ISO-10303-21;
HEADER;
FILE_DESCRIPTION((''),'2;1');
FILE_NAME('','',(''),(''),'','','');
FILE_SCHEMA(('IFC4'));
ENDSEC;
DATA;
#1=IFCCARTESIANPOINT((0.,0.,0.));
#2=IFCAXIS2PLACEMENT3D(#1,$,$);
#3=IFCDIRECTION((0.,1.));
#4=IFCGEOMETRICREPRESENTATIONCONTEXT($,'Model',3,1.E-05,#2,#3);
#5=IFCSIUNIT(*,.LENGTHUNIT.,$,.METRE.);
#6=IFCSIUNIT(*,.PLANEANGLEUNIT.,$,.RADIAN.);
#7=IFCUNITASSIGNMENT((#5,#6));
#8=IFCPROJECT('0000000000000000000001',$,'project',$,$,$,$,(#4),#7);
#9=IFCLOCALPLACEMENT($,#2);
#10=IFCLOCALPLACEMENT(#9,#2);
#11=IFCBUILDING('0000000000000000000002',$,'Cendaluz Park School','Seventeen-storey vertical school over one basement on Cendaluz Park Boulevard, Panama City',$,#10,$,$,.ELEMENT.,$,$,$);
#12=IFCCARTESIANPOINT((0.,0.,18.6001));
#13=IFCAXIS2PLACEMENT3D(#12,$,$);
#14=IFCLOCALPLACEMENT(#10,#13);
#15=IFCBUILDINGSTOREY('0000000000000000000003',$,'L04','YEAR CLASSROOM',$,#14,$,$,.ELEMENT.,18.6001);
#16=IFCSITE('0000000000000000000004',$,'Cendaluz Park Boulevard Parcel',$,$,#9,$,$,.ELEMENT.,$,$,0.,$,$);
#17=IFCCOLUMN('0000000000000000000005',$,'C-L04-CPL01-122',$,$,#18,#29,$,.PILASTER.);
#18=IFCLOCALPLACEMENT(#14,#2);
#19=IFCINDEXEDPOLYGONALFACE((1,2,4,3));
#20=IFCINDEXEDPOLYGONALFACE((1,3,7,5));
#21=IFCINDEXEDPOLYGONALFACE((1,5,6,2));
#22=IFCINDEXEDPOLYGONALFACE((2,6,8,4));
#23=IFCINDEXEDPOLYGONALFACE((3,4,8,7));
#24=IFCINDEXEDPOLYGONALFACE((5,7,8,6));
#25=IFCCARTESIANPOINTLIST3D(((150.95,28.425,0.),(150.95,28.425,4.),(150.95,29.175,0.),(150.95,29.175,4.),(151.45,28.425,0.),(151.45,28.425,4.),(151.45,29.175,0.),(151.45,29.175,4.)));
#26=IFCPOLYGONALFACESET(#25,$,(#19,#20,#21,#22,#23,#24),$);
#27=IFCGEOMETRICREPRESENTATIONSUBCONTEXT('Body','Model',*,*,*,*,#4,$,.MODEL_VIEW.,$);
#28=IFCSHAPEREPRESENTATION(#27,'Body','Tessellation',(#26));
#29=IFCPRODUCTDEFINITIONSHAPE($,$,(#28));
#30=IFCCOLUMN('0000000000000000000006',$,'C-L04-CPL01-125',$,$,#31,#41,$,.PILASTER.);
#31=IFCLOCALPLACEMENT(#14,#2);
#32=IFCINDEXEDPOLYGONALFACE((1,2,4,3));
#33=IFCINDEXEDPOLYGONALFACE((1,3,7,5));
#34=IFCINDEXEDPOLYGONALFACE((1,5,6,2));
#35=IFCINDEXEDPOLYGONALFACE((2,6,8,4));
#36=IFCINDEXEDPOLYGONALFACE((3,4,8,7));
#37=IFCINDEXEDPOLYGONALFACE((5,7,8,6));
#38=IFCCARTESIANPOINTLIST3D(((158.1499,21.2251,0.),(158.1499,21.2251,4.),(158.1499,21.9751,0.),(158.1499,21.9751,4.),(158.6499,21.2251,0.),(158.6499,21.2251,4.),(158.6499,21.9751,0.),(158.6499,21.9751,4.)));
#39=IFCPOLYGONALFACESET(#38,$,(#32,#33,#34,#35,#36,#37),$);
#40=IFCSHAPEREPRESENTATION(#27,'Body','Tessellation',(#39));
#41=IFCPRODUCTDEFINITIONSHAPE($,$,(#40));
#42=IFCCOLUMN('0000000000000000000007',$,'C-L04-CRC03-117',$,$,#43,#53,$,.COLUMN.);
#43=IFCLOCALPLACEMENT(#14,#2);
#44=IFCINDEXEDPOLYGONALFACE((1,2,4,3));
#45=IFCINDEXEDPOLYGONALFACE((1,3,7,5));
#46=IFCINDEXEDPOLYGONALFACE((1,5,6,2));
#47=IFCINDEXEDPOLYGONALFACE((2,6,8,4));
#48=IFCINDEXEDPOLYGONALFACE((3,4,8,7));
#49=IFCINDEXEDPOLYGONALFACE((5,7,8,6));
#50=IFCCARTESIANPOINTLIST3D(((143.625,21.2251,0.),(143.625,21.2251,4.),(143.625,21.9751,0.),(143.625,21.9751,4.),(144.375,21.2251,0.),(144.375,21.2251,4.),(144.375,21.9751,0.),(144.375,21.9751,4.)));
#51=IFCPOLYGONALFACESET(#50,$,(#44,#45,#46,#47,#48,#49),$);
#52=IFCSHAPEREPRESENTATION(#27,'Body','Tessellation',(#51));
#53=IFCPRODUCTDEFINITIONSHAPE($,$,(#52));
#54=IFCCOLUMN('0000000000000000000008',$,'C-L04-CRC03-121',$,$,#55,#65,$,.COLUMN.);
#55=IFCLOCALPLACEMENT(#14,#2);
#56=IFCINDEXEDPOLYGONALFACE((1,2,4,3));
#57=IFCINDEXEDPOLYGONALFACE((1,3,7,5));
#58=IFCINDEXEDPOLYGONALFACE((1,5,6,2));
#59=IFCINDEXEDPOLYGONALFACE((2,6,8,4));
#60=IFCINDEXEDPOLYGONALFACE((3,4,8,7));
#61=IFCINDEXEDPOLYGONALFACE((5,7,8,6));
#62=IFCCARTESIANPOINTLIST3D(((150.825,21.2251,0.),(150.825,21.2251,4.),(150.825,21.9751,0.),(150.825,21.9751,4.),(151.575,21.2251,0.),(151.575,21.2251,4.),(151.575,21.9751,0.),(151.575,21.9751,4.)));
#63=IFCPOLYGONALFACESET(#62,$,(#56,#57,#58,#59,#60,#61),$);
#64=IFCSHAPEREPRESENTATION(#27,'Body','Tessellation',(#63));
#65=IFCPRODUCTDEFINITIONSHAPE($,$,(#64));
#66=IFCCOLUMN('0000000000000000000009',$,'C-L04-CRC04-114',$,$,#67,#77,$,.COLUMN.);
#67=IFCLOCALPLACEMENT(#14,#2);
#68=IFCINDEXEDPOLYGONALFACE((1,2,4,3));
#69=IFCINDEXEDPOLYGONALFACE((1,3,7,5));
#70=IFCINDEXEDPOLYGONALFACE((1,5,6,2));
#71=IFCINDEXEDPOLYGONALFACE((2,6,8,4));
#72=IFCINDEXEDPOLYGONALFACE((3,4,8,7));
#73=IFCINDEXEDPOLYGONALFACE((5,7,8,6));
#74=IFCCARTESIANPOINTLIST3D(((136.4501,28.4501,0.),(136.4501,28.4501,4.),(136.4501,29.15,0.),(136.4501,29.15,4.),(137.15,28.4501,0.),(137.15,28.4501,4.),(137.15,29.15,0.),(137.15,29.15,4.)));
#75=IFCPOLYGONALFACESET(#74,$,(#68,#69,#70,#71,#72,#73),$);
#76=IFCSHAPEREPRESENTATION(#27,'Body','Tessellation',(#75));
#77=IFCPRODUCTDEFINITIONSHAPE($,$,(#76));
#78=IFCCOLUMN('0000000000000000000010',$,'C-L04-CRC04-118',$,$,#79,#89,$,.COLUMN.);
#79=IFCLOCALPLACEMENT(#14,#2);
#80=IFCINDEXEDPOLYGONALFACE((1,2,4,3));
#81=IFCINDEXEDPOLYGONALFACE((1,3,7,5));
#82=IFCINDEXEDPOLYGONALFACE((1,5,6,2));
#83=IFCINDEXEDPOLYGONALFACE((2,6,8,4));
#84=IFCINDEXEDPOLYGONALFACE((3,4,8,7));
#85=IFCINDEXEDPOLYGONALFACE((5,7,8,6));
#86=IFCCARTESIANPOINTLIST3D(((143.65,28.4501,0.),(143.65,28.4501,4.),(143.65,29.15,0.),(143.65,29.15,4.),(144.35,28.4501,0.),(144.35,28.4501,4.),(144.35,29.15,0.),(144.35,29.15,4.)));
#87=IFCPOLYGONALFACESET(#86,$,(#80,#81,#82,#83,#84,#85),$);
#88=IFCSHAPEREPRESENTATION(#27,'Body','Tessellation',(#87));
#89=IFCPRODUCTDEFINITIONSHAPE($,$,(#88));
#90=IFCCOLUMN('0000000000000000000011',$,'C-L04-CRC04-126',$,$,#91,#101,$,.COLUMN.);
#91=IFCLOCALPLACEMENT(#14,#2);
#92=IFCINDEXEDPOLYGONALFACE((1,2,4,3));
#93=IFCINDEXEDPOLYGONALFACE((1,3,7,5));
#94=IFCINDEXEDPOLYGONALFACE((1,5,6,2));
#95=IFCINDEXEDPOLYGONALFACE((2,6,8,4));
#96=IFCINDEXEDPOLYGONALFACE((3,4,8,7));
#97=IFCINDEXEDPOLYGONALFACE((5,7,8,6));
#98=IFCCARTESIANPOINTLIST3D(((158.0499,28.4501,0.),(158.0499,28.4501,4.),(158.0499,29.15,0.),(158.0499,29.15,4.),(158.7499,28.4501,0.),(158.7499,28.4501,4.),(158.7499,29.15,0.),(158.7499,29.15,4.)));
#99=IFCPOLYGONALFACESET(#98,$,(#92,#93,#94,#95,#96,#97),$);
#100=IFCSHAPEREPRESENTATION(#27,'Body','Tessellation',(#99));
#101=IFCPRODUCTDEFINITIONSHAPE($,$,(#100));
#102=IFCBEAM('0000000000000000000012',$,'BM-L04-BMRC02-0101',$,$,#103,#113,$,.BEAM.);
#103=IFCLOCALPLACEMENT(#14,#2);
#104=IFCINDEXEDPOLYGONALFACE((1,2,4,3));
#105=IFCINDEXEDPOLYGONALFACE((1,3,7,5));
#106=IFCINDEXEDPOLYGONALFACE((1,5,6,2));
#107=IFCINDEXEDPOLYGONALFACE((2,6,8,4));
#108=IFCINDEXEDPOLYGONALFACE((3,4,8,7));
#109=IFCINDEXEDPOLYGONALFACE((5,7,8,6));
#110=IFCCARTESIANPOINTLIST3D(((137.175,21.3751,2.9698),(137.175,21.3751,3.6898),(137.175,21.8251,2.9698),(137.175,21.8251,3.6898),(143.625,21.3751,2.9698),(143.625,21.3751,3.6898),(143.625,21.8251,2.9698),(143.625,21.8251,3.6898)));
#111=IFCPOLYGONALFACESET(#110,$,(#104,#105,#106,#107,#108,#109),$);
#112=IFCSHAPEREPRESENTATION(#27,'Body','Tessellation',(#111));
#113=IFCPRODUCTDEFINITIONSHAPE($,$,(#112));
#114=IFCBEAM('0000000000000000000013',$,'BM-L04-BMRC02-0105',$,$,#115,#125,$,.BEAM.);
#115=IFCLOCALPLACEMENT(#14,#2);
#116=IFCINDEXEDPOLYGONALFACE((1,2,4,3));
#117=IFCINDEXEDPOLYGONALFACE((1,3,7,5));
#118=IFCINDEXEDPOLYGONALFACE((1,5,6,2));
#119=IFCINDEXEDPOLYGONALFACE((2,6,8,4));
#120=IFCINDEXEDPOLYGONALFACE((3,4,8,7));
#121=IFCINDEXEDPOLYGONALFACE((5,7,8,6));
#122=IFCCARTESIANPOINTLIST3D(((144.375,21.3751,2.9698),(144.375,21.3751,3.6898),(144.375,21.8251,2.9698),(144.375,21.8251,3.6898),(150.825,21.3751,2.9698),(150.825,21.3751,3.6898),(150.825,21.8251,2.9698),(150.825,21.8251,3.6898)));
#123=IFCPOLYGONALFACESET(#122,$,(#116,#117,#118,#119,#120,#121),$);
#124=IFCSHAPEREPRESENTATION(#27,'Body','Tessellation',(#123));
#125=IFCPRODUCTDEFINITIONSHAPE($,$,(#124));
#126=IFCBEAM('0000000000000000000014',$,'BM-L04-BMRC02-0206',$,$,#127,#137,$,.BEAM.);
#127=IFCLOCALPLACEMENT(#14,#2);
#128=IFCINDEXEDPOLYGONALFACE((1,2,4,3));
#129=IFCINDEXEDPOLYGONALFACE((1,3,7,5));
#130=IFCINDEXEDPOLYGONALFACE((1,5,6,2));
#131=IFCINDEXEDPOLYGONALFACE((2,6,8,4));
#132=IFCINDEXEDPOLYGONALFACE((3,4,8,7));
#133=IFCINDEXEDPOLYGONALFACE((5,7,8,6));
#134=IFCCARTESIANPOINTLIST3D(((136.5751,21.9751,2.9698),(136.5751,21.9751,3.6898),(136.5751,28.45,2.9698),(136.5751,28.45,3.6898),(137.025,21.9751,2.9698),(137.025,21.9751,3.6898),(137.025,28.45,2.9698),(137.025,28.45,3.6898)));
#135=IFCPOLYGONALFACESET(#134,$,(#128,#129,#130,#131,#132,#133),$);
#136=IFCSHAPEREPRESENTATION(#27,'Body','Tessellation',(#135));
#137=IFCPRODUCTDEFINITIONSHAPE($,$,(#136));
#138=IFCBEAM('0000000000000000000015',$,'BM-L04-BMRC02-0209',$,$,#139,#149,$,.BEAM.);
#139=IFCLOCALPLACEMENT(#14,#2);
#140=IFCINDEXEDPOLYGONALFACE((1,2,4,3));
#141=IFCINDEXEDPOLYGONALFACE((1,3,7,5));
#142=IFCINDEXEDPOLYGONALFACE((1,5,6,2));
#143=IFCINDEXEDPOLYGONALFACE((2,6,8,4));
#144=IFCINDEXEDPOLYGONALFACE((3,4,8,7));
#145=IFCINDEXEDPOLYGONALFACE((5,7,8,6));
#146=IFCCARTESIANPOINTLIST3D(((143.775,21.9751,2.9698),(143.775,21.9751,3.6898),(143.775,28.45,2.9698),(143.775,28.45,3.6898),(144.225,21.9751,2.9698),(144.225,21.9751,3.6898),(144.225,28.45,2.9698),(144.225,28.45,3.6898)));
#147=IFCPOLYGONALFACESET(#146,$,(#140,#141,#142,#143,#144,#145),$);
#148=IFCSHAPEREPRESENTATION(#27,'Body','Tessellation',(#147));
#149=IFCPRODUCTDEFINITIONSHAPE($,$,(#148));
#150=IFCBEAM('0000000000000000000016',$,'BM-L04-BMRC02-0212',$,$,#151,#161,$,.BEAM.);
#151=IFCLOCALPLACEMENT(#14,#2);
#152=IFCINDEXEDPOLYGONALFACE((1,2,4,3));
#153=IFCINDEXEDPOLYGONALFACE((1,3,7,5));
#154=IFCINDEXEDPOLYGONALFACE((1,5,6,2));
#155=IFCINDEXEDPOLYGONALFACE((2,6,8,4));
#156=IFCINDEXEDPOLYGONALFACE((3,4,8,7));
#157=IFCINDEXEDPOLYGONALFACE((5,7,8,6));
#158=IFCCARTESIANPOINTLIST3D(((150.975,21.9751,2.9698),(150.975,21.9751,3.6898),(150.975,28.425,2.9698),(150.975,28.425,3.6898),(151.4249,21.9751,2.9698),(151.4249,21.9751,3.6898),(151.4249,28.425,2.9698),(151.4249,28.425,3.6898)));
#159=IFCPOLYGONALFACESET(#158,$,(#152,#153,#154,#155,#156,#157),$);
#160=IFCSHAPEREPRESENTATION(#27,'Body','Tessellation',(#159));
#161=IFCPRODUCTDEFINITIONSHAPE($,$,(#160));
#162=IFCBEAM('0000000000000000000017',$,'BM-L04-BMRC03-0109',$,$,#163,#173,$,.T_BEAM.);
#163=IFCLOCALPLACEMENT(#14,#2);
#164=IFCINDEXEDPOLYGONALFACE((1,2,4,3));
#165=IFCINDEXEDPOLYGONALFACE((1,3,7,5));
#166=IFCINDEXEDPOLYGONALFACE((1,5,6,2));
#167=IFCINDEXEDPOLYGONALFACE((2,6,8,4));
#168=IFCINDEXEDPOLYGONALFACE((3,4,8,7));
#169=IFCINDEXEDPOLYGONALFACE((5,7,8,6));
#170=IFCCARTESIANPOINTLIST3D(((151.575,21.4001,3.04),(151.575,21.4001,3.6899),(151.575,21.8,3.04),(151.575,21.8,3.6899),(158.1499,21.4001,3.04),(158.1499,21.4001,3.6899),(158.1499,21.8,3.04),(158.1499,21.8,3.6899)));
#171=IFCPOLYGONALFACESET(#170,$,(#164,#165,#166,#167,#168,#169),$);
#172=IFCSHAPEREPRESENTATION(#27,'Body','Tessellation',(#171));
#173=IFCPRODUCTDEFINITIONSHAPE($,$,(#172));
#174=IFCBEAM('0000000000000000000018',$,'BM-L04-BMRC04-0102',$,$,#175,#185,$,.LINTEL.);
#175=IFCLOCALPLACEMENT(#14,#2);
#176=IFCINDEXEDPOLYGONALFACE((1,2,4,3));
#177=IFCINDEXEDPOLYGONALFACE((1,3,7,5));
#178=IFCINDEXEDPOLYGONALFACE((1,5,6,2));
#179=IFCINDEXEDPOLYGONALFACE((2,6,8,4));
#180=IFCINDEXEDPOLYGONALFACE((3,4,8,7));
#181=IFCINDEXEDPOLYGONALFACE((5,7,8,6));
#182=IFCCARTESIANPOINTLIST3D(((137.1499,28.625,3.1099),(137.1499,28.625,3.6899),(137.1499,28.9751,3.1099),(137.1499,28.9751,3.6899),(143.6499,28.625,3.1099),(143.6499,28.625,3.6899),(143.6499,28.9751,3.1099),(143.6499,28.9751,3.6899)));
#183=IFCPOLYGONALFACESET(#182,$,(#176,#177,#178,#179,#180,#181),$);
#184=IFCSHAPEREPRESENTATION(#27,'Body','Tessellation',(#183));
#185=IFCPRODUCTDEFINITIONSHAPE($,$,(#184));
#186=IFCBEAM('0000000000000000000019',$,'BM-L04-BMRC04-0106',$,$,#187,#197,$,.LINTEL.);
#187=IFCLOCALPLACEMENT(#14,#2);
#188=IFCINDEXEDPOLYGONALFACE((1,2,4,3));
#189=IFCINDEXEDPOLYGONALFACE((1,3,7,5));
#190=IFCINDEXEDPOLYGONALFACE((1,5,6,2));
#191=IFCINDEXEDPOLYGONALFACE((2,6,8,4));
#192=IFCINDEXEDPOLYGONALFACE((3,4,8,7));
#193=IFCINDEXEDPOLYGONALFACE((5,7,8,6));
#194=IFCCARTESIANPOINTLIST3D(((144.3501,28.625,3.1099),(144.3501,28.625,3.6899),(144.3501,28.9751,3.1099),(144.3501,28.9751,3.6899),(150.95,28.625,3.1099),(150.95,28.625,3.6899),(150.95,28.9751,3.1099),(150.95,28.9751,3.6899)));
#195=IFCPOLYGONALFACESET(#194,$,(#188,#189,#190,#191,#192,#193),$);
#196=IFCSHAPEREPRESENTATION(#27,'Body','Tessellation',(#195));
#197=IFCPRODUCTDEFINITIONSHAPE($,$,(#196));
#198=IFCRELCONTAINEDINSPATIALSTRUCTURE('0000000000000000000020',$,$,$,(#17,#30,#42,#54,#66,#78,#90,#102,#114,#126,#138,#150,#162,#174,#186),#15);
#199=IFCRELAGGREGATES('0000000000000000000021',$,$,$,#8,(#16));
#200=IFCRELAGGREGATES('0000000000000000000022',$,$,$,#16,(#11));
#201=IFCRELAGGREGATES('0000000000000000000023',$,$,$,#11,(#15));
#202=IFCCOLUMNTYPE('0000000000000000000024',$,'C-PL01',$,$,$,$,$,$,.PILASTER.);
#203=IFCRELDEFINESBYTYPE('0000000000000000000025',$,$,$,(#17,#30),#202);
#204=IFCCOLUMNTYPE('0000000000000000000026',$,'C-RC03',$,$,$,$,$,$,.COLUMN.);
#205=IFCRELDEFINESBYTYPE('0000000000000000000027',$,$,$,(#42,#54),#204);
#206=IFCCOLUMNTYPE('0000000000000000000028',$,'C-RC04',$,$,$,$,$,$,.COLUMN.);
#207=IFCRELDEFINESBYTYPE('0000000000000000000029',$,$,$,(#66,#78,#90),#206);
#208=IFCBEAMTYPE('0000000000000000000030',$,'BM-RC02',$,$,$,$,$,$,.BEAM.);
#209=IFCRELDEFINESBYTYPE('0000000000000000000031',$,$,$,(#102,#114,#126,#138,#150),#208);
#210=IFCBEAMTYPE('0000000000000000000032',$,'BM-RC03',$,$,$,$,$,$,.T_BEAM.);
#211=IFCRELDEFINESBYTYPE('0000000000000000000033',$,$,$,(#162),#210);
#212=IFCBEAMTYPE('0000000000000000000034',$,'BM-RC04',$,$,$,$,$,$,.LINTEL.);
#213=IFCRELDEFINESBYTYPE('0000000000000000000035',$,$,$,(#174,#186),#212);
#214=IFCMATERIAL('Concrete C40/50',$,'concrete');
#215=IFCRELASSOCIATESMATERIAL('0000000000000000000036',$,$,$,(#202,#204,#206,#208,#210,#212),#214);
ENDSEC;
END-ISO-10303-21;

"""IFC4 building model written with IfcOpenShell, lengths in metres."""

from ifc_helpers import new_model, si_unit, direction, frame, origin, origin_2d, place, context, subcontext, project, spatial, rectangle, extrude, material, material_profile, profile_set, type_object, element, save


model = new_model("IFC4")

# Units and contexts
model_context = context("Model", 3, precision=1e-05, world=origin(), true_north=direction((0.0, 1.0)))
body_context = subcontext(model_context, "Body", "Model", "MODEL_VIEW")
ifc_project = project(units=[si_unit("LENGTHUNIT", "METRE"), si_unit("PLANEANGLEUNIT", "RADIAN")], contexts=[model_context])

# Site, building, storey
site_placement = place(None, origin())
site = spatial("IfcSite", under=ifc_project, at=site_placement, Name="Cendaluz Park Boulevard Parcel", CompositionType="ELEMENT", RefElevation=0.0)
building_placement = place(site_placement, origin())
building = spatial("IfcBuilding", under=site, at=building_placement, Name="Cendaluz Park School", Description="Seventeen-storey vertical school over one basement on Cendaluz Park Boulevard, Panama City", CompositionType="ELEMENT")
storey_placement = place(building_placement, frame((0.0, 0.0, 18.6001)))
storey = spatial("IfcBuildingStorey", under=building, at=storey_placement, Name="L04", Description="YEAR CLASSROOM", CompositionType="ELEMENT", Elevation=18.6001)

# Columns
ifc_material_1 = material(Name="Concrete C40/50", Category="concrete")
ifc_material_profile_1 = material_profile(ifc_material_1, rectangle(XDim=0.5, YDim=0.75, at=origin_2d()), Name="RC 500x750", Category="concrete")
ifc_profile_set_1 = profile_set([ifc_material_profile_1], Name="Concrete C40/50")
column_type_1 = type_object("IfcColumnType", Name="C-PL01", PredefinedType="PILASTER", material=ifc_profile_set_1)
for number, where, z_axis, x_axis, name in (
    (1, (151.2, 28.8, 0.0), (0.0, 0.0, 1.0), (1.0, 0.0, 0.0), "C-L04-CPL01-122"),
    (2, (158.3999, 21.6001, 0.0), (0.0, 0.0, 1.0), (1.0, 0.0, 0.0), "C-L04-CPL01-125"),
):
    element("IfcColumn", number, at=place(storey_placement, frame(where, z_axis=z_axis, x_axis=x_axis)), inside=storey, type_object=column_type_1, Name=name, PredefinedType="PILASTER", context=body_context, shape_type="SweptSolid", body=[
        extrude(rectangle(XDim=0.5, YDim=0.75, at=origin_2d()), origin(), (0.0, 0.0, 1.0), 4.0),
    ])
ifc_material_profile_2 = material_profile(ifc_material_1, rectangle(XDim=0.75, YDim=0.75, at=origin_2d()), Name="RC 750x750", Category="concrete")
ifc_profile_set_2 = profile_set([ifc_material_profile_2], Name="Concrete C40/50")
column_type_2 = type_object("IfcColumnType", Name="C-RC03", PredefinedType="COLUMN", material=ifc_profile_set_2)
for number, where, z_axis, x_axis, name in (
    (3, (144.0, 21.6001, 0.0), (0.0, 0.0, 1.0), (1.0, 0.0, 0.0), "C-L04-CRC03-117"),
    (4, (151.2, 21.6001, 0.0), (0.0, 0.0, 1.0), (1.0, 0.0, 0.0), "C-L04-CRC03-121"),
):
    element("IfcColumn", number, at=place(storey_placement, frame(where, z_axis=z_axis, x_axis=x_axis)), inside=storey, type_object=column_type_2, Name=name, PredefinedType="COLUMN", context=body_context, shape_type="SweptSolid", body=[
        extrude(rectangle(XDim=0.75, YDim=0.75, at=origin_2d()), origin(), (0.0, 0.0, 1.0), 4.0),
    ])
ifc_material_profile_3 = material_profile(ifc_material_1, rectangle(XDim=0.7, YDim=0.7, at=origin_2d()), Name="RC 700x700", Category="concrete")
ifc_profile_set_3 = profile_set([ifc_material_profile_3], Name="Concrete C40/50")
column_type_3 = type_object("IfcColumnType", Name="C-RC04", PredefinedType="COLUMN", material=ifc_profile_set_3)
for number, where, z_axis, x_axis, name in (
    (5, (136.8, 28.8, 0.0), (0.0, 0.0, 1.0), (1.0, 0.0, 0.0), "C-L04-CRC04-114"),
    (6, (144.0, 28.8, 0.0), (0.0, 0.0, 1.0), (1.0, 0.0, 0.0), "C-L04-CRC04-118"),
    (7, (158.3999, 28.8, 0.0), (0.0, 0.0, 1.0), (1.0, 0.0, 0.0), "C-L04-CRC04-126"),
):
    element("IfcColumn", number, at=place(storey_placement, frame(where, z_axis=z_axis, x_axis=x_axis)), inside=storey, type_object=column_type_3, Name=name, PredefinedType="COLUMN", context=body_context, shape_type="SweptSolid", body=[
        extrude(rectangle(XDim=0.7, YDim=0.7, at=origin_2d()), origin(), (0.0, 0.0, 1.0), 4.0),
    ])

# Beams
ifc_material_profile_4 = material_profile(ifc_material_1, rectangle(XDim=0.45, YDim=0.72, at=origin_2d()), Name="RC 450x720", Category="concrete")
ifc_profile_set_4 = profile_set([ifc_material_profile_4], Name="Concrete C40/50")
beam_type_1 = type_object("IfcBeamType", Name="BM-RC02", PredefinedType="BEAM", material=ifc_profile_set_4)
for number, where, z_axis, x_axis, name in (
    (8, (137.175, 21.6001, 3.3298), (1.0, 0.0, 0.0), (0.0, 1.0, 0.0), "BM-L04-BMRC02-0101"),
    (9, (144.375, 21.6001, 3.3298), (1.0, 0.0, 0.0), (0.0, 1.0, 0.0), "BM-L04-BMRC02-0105"),
):
    element("IfcBeam", number, at=place(storey_placement, frame(where, z_axis=z_axis, x_axis=x_axis)), inside=storey, type_object=beam_type_1, Name=name, PredefinedType="BEAM", context=body_context, shape_type="SweptSolid", body=[
        extrude(rectangle(XDim=0.45, YDim=0.72, at=origin_2d()), origin(), (0.0, 0.0, 1.0), 6.45),
    ])
for number, where, z_axis, x_axis, name in (
    (10, (136.8, 21.9751, 3.3298), (0.0, 1.0, 0.0), (-1.0, 0.0, 0.0), "BM-L04-BMRC02-0206"),
    (11, (144.0, 21.9751, 3.3298), (0.0, 1.0, 0.0), (-1.0, 0.0, 0.0), "BM-L04-BMRC02-0209"),
):
    element("IfcBeam", number, at=place(storey_placement, frame(where, z_axis=z_axis, x_axis=x_axis)), inside=storey, type_object=beam_type_1, Name=name, PredefinedType="BEAM", context=body_context, shape_type="SweptSolid", body=[
        extrude(rectangle(XDim=0.45, YDim=0.72, at=origin_2d()), origin(), (0.0, 0.0, 1.0), 6.4749),
    ])
beam_1_placement = place(storey_placement, frame((151.2, 21.9751, 3.3298), z_axis=(0.0, 1.0, 0.0), x_axis=(-1.0, 0.0, 0.0)))
element("IfcBeam", 12, at=beam_1_placement, inside=storey, type_object=beam_type_1, Name="BM-L04-BMRC02-0212", PredefinedType="BEAM", context=body_context, shape_type="SweptSolid", body=[
    extrude(rectangle(XDim=0.45, YDim=0.72, at=origin_2d()), origin(), (0.0, 0.0, 1.0), 6.45),
])
ifc_material_profile_5 = material_profile(ifc_material_1, rectangle(XDim=0.3999, YDim=0.6499, at=origin_2d()), Name="RC 400x650", Category="concrete")
ifc_profile_set_5 = profile_set([ifc_material_profile_5], Name="Concrete C40/50")
beam_type_2 = type_object("IfcBeamType", Name="BM-RC03", PredefinedType="T_BEAM", material=ifc_profile_set_5)
beam_2_placement = place(storey_placement, frame((151.575, 21.6001, 3.365), z_axis=(1.0, 0.0, 0.0), x_axis=(0.0, 1.0, 0.0)))
element("IfcBeam", 13, at=beam_2_placement, inside=storey, type_object=beam_type_2, Name="BM-L04-BMRC03-0109", PredefinedType="T_BEAM", context=body_context, shape_type="SweptSolid", body=[
    extrude(rectangle(XDim=0.3999, YDim=0.6499, at=origin_2d()), origin(), (0.0, 0.0, 1.0), 6.575),
])
ifc_material_profile_6 = material_profile(ifc_material_1, rectangle(XDim=0.3501, YDim=0.5801, at=origin_2d()), Name="RC 350x580", Category="concrete")
ifc_profile_set_6 = profile_set([ifc_material_profile_6], Name="Concrete C40/50")
beam_type_3 = type_object("IfcBeamType", Name="BM-RC04", PredefinedType="LINTEL", material=ifc_profile_set_6)
beam_3_placement = place(storey_placement, frame((137.1499, 28.8, 3.3999), z_axis=(1.0, 0.0, 0.0), x_axis=(0.0, 1.0, 0.0)))
element("IfcBeam", 14, at=beam_3_placement, inside=storey, type_object=beam_type_3, Name="BM-L04-BMRC04-0102", PredefinedType="LINTEL", context=body_context, shape_type="SweptSolid", body=[
    extrude(rectangle(XDim=0.3501, YDim=0.5801, at=origin_2d()), origin(), (0.0, 0.0, 1.0), 6.5),
])
beam_4_placement = place(storey_placement, frame((144.3501, 28.8, 3.3999), z_axis=(1.0, 0.0, 0.0), x_axis=(0.0, 1.0, 0.0)))
element("IfcBeam", 15, at=beam_4_placement, inside=storey, type_object=beam_type_3, Name="BM-L04-BMRC04-0106", PredefinedType="LINTEL", context=body_context, shape_type="SweptSolid", body=[
    extrude(rectangle(XDim=0.3501, YDim=0.5801, at=origin_2d()), origin(), (0.0, 0.0, 1.0), 6.5999),
])

save(model, "model.ifc")
